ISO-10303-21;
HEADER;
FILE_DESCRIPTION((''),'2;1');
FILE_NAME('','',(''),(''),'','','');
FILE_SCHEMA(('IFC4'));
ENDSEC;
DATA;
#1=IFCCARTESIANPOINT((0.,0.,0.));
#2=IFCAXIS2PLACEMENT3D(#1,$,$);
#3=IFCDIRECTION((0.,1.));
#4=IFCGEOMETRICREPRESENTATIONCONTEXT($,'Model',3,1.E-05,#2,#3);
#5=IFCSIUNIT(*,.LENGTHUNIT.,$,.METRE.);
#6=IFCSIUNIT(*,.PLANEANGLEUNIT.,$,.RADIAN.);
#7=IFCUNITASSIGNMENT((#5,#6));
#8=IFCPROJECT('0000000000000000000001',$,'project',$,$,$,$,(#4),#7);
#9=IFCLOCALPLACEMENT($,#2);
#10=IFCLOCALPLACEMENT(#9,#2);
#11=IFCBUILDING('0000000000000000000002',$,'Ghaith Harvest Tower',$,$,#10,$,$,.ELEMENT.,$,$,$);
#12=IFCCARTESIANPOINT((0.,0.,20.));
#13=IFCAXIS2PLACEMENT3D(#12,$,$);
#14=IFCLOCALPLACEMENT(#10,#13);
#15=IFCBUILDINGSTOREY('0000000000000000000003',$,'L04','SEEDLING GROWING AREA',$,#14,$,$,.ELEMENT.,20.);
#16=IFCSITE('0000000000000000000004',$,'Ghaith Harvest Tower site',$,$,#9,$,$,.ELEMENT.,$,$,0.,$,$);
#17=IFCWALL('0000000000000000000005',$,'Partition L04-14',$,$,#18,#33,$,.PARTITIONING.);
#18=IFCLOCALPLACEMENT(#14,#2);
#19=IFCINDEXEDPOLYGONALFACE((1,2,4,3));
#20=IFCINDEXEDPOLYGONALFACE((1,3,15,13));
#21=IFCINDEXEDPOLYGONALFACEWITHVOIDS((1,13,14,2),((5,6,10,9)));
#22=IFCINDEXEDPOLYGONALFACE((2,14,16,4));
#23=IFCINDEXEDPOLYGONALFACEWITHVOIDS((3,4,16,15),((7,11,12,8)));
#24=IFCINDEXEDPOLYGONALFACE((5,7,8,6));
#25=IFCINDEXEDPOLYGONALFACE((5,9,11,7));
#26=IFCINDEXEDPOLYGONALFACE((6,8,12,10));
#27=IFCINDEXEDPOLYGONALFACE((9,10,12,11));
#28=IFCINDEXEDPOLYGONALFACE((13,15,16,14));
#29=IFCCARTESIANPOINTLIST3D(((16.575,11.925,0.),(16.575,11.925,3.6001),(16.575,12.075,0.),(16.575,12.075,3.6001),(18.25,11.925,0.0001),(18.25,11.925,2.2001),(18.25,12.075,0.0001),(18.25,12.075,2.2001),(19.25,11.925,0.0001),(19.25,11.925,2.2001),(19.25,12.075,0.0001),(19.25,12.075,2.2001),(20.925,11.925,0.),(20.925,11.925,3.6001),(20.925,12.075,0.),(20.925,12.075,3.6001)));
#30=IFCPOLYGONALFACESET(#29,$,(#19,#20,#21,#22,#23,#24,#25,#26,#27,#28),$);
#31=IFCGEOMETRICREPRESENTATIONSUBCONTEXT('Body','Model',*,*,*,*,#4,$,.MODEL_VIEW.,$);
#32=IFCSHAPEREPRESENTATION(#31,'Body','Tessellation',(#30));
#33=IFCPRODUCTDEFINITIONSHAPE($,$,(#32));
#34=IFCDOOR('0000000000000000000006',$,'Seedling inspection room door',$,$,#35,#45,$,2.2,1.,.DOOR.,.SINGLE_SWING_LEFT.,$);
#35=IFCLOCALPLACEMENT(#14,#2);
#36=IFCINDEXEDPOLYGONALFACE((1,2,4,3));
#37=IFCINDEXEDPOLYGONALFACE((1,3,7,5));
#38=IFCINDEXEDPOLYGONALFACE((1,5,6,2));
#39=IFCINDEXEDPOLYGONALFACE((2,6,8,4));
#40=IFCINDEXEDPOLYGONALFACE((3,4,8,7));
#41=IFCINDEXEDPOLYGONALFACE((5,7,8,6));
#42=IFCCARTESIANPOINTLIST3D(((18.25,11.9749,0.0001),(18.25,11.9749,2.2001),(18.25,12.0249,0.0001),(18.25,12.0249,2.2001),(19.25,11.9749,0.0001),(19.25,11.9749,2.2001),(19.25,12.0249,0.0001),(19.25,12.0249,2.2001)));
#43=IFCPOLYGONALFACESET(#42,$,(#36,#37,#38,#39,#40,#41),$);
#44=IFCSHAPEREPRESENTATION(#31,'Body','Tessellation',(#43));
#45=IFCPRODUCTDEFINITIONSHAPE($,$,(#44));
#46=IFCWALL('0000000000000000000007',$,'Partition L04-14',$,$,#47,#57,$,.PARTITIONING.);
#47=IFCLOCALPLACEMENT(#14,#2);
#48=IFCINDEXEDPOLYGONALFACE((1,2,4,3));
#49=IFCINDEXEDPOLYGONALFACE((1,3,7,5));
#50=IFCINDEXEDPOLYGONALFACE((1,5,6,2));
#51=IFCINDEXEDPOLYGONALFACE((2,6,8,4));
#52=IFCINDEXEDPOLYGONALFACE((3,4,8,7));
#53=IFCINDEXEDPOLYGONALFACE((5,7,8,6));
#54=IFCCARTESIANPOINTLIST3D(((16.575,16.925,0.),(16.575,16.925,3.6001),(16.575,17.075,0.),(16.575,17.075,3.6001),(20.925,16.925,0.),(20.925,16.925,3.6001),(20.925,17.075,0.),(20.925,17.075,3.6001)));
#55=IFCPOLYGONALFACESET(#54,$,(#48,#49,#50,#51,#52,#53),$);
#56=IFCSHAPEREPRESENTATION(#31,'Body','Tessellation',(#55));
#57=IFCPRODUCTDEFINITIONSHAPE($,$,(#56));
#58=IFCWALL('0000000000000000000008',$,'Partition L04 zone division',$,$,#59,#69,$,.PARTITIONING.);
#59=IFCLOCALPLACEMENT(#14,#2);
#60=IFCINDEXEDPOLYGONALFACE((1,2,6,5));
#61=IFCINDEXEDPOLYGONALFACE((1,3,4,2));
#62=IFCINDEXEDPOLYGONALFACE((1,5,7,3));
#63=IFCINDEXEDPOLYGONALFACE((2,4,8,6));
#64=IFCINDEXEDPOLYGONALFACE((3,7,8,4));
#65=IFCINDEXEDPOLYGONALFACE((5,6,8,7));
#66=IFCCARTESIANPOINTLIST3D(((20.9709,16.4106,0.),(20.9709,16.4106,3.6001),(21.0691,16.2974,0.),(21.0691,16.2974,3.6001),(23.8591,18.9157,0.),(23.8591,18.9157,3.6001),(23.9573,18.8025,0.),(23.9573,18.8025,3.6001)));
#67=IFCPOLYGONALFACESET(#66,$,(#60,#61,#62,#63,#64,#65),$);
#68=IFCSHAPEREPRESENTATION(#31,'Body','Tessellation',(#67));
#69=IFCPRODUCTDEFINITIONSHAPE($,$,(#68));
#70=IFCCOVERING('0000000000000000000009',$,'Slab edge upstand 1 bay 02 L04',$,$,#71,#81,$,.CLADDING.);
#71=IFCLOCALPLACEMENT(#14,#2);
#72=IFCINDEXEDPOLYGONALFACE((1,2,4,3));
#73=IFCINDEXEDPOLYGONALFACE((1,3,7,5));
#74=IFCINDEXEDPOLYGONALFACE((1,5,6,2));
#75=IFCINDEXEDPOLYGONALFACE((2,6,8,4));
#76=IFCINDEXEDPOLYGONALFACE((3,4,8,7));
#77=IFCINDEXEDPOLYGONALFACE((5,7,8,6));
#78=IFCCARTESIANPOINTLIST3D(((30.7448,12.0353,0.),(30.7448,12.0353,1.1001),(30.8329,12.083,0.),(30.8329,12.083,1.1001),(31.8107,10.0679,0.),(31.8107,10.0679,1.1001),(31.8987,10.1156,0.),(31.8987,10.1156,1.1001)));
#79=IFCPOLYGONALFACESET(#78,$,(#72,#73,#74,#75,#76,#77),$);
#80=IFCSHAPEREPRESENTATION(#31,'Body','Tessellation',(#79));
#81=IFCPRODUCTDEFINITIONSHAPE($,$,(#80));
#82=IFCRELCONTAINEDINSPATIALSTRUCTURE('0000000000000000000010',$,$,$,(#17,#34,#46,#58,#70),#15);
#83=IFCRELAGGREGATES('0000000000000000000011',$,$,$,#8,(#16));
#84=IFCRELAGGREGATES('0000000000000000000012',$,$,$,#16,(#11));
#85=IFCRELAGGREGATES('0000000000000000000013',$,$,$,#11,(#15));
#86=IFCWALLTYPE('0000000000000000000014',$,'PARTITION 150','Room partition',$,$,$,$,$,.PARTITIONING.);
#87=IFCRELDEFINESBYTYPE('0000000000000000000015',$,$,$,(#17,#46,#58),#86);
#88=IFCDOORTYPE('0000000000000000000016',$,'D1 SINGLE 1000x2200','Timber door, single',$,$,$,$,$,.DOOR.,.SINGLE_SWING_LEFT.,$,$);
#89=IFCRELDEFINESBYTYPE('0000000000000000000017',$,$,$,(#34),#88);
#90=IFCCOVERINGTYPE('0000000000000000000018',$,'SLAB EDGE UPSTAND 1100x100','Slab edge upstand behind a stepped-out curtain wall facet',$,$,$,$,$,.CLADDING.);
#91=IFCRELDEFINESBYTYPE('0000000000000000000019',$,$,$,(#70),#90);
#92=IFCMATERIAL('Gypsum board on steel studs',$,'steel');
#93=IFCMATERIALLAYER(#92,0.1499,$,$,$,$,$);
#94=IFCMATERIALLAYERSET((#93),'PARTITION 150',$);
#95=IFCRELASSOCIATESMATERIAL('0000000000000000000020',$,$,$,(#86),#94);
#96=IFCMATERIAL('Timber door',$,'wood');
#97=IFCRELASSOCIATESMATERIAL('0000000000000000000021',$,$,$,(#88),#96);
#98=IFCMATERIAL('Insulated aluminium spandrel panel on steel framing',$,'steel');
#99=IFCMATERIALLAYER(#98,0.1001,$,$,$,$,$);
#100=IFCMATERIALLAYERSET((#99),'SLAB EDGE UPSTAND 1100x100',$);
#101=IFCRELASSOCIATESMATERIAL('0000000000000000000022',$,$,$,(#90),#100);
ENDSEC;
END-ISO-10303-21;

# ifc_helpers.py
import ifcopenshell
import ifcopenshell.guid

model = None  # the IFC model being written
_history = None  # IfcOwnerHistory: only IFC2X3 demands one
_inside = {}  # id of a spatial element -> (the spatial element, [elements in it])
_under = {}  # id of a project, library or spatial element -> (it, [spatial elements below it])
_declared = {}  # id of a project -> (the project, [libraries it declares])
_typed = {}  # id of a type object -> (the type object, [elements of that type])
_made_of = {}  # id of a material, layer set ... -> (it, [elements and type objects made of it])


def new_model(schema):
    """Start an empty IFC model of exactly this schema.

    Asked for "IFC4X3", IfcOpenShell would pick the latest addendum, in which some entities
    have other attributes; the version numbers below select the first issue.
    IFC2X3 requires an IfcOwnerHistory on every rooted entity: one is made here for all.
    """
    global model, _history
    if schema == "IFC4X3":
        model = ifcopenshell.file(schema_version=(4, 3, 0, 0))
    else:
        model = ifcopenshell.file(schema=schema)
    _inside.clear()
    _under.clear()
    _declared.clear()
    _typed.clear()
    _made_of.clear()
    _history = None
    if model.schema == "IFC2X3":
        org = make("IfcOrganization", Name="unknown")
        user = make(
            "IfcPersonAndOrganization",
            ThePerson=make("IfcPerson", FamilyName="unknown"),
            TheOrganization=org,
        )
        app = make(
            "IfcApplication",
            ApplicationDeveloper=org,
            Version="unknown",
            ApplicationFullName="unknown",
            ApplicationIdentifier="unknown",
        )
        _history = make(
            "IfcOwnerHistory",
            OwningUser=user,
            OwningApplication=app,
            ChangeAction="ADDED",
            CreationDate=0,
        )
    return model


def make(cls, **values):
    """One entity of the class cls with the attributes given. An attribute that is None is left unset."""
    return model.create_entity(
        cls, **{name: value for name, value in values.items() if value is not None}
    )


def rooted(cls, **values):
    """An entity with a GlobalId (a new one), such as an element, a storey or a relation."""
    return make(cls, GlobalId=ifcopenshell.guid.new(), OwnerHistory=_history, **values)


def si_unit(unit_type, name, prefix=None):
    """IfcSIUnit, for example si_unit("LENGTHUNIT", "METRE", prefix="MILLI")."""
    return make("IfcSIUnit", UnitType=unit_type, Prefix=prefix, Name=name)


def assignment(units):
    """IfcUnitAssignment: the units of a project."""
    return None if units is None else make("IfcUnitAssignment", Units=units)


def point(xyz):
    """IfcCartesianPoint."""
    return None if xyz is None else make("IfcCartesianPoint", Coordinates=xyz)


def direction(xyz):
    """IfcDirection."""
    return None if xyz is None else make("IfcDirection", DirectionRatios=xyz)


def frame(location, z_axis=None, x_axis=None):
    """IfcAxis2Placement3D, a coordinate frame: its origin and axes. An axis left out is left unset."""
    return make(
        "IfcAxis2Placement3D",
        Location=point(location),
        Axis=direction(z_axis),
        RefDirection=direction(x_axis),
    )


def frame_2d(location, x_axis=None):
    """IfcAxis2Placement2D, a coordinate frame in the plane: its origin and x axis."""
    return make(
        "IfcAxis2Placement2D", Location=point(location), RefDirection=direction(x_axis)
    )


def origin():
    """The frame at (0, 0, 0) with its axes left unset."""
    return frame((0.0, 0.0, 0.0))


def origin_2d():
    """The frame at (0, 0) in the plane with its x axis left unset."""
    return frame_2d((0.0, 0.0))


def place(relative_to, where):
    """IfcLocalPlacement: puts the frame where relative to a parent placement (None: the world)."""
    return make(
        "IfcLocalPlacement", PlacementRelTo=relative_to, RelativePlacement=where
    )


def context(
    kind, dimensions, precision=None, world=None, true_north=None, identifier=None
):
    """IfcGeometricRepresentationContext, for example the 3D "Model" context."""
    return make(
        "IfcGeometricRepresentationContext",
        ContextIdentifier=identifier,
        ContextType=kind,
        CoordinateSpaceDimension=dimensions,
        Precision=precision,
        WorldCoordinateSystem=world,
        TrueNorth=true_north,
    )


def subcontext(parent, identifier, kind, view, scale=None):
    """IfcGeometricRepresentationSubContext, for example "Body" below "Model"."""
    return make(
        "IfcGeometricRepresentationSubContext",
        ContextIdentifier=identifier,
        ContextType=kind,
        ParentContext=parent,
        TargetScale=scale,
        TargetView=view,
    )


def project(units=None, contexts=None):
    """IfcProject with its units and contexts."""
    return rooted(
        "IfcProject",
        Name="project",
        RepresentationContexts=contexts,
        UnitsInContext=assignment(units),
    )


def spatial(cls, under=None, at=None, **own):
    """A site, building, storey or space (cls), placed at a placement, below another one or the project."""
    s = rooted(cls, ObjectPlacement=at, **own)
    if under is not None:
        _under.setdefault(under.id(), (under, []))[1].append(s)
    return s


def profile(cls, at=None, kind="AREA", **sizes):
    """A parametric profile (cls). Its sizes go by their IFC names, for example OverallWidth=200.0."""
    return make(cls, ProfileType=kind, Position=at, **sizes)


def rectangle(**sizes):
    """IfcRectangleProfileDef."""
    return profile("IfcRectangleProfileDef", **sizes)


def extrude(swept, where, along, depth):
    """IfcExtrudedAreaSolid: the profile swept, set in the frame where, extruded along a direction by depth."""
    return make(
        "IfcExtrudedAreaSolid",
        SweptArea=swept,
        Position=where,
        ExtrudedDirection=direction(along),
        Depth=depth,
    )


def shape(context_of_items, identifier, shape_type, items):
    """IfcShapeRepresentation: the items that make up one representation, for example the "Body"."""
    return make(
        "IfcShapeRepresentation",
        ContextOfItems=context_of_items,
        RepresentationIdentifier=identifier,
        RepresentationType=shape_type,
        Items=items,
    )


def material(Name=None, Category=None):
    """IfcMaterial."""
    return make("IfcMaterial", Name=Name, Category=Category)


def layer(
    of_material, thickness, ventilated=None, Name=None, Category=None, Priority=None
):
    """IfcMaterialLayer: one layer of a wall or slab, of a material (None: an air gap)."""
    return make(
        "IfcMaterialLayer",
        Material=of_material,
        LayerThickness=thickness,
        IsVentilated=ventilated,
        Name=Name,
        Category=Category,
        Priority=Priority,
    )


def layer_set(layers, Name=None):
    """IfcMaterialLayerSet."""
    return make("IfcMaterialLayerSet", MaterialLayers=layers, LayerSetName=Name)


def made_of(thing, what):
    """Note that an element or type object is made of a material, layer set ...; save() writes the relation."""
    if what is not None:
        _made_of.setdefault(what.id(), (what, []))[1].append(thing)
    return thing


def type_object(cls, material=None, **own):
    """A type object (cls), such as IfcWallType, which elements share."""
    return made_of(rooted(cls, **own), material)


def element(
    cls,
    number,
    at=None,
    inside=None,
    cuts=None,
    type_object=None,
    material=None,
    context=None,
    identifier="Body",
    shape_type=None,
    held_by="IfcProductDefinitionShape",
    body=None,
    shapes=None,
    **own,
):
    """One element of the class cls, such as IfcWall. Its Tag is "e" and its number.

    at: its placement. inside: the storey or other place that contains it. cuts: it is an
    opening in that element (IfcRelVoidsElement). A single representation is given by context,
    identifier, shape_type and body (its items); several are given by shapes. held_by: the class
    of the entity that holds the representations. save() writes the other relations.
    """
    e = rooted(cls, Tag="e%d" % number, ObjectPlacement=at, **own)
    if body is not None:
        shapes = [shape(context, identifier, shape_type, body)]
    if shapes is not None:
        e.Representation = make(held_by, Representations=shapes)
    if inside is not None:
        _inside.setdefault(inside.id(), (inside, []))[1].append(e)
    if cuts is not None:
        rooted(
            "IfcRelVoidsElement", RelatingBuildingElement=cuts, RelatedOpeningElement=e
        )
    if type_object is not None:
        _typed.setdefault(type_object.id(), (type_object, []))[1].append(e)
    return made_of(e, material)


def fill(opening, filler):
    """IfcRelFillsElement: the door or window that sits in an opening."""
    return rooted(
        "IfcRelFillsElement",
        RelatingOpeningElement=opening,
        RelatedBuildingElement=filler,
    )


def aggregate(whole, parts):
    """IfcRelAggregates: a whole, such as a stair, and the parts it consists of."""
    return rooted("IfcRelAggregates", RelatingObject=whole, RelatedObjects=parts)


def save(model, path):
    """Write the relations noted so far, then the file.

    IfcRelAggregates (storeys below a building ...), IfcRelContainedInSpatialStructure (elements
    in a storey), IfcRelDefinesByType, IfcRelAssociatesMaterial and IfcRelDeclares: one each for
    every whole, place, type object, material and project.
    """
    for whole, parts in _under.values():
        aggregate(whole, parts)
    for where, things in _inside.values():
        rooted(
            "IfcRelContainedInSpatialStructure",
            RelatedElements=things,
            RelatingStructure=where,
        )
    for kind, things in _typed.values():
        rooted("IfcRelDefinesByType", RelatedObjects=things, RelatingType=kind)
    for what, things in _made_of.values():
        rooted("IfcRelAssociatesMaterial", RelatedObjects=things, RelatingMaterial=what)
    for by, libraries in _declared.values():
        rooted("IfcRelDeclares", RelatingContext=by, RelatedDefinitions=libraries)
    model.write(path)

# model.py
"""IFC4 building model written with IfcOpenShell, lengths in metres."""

from ifc_helpers import new_model, si_unit, direction, frame, frame_2d, origin, origin_2d, place, context, subcontext, project, spatial, rectangle, extrude, material, layer, layer_set, type_object, element, fill, save


model = new_model("IFC4")

# Units and contexts
model_context = context("Model", 3, precision=1e-05, world=origin(), true_north=direction((0.0, 1.0)))
body_context = subcontext(model_context, "Body", "Model", "MODEL_VIEW")
ifc_project = project(units=[si_unit("LENGTHUNIT", "METRE"), si_unit("PLANEANGLEUNIT", "RADIAN")], contexts=[model_context])

# Site, building, storey
site_placement = place(None, origin())
site = spatial("IfcSite", under=ifc_project, at=site_placement, Name="Ghaith Harvest Tower site", CompositionType="ELEMENT", RefElevation=0.0)
building_placement = place(site_placement, origin())
building = spatial("IfcBuilding", under=site, at=building_placement, Name="Ghaith Harvest Tower", CompositionType="ELEMENT")
storey_placement = place(building_placement, frame((0.0, 0.0, 20.0)))
storey = spatial("IfcBuildingStorey", under=building, at=storey_placement, Name="L04", Description="SEEDLING GROWING AREA", CompositionType="ELEMENT", Elevation=20.0)

# Shared definitions
ifc_material_1 = material(Name="Gypsum board on steel studs", Category="steel")
ifc_layer_1 = layer(ifc_material_1, 0.1499)
ifc_layer_set_1 = layer_set([ifc_layer_1], Name="PARTITION 150")
wall_type = type_object("IfcWallType", Name="PARTITION 150", Description="Room partition", PredefinedType="PARTITIONING", material=ifc_layer_set_1)

# Wall, opening, door
wall_1_placement = place(storey_placement, frame((16.575, 12.0, 0.0), z_axis=(0.0, 0.0, 1.0), x_axis=(1.0, 0.0, 0.0)))
wall_1 = element("IfcWall", 1, at=wall_1_placement, inside=storey, type_object=wall_type, Name="Partition L04-14", PredefinedType="PARTITIONING", context=body_context, shape_type="SweptSolid", body=[
    extrude(rectangle(XDim=4.3501, YDim=0.1499, at=frame_2d((2.175, 0.0))), origin(), (0.0, 0.0, 1.0), 3.6001),
])
opening_placement = place(wall_1_placement, frame((1.675, 0.0, 0.0)))
opening = element("IfcOpeningElement", 2, at=opening_placement, cuts=wall_1, PredefinedType="OPENING", context=body_context, shape_type="SweptSolid", body=[
    extrude(rectangle(XDim=1.0, YDim=2.2, at=frame_2d((0.5, 1.1001))), frame((0.0, 0.085, 0.0), z_axis=(0.0, -1.0, 0.0), x_axis=(1.0, 0.0, 0.0)), (0.0, 0.0, 1.0), 0.1699),
])
ifc_material_2 = material(Name="Timber door", Category="wood")
door_type = type_object("IfcDoorType", Name="D1 SINGLE 1000x2200", Description="Timber door, single", OperationType="SINGLE_SWING_LEFT", PredefinedType="DOOR", material=ifc_material_2)
door_placement = place(opening_placement, origin())
door = element("IfcDoor", 3, at=door_placement, inside=storey, type_object=door_type, Name="Seedling inspection room door", OperationType="SINGLE_SWING_LEFT", OverallHeight=2.2, OverallWidth=1.0, PredefinedType="DOOR", context=body_context, shape_type="SweptSolid", body=[
    extrude(rectangle(XDim=1.0, YDim=2.2, at=frame_2d((0.5, 1.1001))), frame((0.0, 0.0249, 0.0), z_axis=(0.0, -1.0, 0.0), x_axis=(1.0, 0.0, 0.0)), (0.0, 0.0, 1.0), 0.05),
])
fill(opening, door)

# Walls
wall_2_placement = place(storey_placement, frame((16.575, 17.0, 0.0), z_axis=(0.0, 0.0, 1.0), x_axis=(1.0, 0.0, 0.0)))
element("IfcWall", 4, at=wall_2_placement, inside=storey, type_object=wall_type, Name="Partition L04-14", PredefinedType="PARTITIONING", context=body_context, shape_type="SweptSolid", body=[
    extrude(rectangle(XDim=4.3501, YDim=0.1499, at=frame_2d((2.175, 0.0))), origin(), (0.0, 0.0, 1.0), 3.6001),
])
wall_3_placement = place(storey_placement, frame((21.02, 16.354, 0.0), z_axis=(0.0, 0.0, 1.0), x_axis=(0.755426, 0.655234, 0.0)))
element("IfcWall", 5, at=wall_3_placement, inside=storey, type_object=wall_type, Name="Partition L04 zone division", PredefinedType="PARTITIONING", context=body_context, shape_type="SweptSolid", body=[
    extrude(rectangle(XDim=3.8232, YDim=0.1499, at=frame_2d((1.9116, 0.0))), origin(), (0.0, 0.0, 1.0), 3.6001),
])

# Covering
ifc_material_3 = material(Name="Insulated aluminium spandrel panel on steel framing", Category="steel")
ifc_layer_2 = layer(ifc_material_3, 0.1001)
ifc_layer_set_2 = layer_set([ifc_layer_2], Name="SLAB EDGE UPSTAND 1100x100")
covering_type = type_object("IfcCoveringType", Name="SLAB EDGE UPSTAND 1100x100", Description="Slab edge upstand behind a stepped-out curtain wall facet", PredefinedType="CLADDING", material=ifc_layer_set_2)
covering_placement = place(storey_placement, frame((31.3218, 11.0754, 0.0), z_axis=(0.0, 0.0, 1.0), x_axis=(-0.476349, 0.879256, 0.0)))
element("IfcCovering", 6, at=covering_placement, inside=storey, type_object=covering_type, Name="Slab edge upstand 1 bay 02 L04", PredefinedType="CLADDING", context=body_context, shape_type="SweptSolid", body=[
    extrude(rectangle(XDim=2.2375, YDim=0.1001, at=origin_2d()), origin(), (0.0, 0.0, 1.0), 1.1001),
])

save(model, "model.ifc")
